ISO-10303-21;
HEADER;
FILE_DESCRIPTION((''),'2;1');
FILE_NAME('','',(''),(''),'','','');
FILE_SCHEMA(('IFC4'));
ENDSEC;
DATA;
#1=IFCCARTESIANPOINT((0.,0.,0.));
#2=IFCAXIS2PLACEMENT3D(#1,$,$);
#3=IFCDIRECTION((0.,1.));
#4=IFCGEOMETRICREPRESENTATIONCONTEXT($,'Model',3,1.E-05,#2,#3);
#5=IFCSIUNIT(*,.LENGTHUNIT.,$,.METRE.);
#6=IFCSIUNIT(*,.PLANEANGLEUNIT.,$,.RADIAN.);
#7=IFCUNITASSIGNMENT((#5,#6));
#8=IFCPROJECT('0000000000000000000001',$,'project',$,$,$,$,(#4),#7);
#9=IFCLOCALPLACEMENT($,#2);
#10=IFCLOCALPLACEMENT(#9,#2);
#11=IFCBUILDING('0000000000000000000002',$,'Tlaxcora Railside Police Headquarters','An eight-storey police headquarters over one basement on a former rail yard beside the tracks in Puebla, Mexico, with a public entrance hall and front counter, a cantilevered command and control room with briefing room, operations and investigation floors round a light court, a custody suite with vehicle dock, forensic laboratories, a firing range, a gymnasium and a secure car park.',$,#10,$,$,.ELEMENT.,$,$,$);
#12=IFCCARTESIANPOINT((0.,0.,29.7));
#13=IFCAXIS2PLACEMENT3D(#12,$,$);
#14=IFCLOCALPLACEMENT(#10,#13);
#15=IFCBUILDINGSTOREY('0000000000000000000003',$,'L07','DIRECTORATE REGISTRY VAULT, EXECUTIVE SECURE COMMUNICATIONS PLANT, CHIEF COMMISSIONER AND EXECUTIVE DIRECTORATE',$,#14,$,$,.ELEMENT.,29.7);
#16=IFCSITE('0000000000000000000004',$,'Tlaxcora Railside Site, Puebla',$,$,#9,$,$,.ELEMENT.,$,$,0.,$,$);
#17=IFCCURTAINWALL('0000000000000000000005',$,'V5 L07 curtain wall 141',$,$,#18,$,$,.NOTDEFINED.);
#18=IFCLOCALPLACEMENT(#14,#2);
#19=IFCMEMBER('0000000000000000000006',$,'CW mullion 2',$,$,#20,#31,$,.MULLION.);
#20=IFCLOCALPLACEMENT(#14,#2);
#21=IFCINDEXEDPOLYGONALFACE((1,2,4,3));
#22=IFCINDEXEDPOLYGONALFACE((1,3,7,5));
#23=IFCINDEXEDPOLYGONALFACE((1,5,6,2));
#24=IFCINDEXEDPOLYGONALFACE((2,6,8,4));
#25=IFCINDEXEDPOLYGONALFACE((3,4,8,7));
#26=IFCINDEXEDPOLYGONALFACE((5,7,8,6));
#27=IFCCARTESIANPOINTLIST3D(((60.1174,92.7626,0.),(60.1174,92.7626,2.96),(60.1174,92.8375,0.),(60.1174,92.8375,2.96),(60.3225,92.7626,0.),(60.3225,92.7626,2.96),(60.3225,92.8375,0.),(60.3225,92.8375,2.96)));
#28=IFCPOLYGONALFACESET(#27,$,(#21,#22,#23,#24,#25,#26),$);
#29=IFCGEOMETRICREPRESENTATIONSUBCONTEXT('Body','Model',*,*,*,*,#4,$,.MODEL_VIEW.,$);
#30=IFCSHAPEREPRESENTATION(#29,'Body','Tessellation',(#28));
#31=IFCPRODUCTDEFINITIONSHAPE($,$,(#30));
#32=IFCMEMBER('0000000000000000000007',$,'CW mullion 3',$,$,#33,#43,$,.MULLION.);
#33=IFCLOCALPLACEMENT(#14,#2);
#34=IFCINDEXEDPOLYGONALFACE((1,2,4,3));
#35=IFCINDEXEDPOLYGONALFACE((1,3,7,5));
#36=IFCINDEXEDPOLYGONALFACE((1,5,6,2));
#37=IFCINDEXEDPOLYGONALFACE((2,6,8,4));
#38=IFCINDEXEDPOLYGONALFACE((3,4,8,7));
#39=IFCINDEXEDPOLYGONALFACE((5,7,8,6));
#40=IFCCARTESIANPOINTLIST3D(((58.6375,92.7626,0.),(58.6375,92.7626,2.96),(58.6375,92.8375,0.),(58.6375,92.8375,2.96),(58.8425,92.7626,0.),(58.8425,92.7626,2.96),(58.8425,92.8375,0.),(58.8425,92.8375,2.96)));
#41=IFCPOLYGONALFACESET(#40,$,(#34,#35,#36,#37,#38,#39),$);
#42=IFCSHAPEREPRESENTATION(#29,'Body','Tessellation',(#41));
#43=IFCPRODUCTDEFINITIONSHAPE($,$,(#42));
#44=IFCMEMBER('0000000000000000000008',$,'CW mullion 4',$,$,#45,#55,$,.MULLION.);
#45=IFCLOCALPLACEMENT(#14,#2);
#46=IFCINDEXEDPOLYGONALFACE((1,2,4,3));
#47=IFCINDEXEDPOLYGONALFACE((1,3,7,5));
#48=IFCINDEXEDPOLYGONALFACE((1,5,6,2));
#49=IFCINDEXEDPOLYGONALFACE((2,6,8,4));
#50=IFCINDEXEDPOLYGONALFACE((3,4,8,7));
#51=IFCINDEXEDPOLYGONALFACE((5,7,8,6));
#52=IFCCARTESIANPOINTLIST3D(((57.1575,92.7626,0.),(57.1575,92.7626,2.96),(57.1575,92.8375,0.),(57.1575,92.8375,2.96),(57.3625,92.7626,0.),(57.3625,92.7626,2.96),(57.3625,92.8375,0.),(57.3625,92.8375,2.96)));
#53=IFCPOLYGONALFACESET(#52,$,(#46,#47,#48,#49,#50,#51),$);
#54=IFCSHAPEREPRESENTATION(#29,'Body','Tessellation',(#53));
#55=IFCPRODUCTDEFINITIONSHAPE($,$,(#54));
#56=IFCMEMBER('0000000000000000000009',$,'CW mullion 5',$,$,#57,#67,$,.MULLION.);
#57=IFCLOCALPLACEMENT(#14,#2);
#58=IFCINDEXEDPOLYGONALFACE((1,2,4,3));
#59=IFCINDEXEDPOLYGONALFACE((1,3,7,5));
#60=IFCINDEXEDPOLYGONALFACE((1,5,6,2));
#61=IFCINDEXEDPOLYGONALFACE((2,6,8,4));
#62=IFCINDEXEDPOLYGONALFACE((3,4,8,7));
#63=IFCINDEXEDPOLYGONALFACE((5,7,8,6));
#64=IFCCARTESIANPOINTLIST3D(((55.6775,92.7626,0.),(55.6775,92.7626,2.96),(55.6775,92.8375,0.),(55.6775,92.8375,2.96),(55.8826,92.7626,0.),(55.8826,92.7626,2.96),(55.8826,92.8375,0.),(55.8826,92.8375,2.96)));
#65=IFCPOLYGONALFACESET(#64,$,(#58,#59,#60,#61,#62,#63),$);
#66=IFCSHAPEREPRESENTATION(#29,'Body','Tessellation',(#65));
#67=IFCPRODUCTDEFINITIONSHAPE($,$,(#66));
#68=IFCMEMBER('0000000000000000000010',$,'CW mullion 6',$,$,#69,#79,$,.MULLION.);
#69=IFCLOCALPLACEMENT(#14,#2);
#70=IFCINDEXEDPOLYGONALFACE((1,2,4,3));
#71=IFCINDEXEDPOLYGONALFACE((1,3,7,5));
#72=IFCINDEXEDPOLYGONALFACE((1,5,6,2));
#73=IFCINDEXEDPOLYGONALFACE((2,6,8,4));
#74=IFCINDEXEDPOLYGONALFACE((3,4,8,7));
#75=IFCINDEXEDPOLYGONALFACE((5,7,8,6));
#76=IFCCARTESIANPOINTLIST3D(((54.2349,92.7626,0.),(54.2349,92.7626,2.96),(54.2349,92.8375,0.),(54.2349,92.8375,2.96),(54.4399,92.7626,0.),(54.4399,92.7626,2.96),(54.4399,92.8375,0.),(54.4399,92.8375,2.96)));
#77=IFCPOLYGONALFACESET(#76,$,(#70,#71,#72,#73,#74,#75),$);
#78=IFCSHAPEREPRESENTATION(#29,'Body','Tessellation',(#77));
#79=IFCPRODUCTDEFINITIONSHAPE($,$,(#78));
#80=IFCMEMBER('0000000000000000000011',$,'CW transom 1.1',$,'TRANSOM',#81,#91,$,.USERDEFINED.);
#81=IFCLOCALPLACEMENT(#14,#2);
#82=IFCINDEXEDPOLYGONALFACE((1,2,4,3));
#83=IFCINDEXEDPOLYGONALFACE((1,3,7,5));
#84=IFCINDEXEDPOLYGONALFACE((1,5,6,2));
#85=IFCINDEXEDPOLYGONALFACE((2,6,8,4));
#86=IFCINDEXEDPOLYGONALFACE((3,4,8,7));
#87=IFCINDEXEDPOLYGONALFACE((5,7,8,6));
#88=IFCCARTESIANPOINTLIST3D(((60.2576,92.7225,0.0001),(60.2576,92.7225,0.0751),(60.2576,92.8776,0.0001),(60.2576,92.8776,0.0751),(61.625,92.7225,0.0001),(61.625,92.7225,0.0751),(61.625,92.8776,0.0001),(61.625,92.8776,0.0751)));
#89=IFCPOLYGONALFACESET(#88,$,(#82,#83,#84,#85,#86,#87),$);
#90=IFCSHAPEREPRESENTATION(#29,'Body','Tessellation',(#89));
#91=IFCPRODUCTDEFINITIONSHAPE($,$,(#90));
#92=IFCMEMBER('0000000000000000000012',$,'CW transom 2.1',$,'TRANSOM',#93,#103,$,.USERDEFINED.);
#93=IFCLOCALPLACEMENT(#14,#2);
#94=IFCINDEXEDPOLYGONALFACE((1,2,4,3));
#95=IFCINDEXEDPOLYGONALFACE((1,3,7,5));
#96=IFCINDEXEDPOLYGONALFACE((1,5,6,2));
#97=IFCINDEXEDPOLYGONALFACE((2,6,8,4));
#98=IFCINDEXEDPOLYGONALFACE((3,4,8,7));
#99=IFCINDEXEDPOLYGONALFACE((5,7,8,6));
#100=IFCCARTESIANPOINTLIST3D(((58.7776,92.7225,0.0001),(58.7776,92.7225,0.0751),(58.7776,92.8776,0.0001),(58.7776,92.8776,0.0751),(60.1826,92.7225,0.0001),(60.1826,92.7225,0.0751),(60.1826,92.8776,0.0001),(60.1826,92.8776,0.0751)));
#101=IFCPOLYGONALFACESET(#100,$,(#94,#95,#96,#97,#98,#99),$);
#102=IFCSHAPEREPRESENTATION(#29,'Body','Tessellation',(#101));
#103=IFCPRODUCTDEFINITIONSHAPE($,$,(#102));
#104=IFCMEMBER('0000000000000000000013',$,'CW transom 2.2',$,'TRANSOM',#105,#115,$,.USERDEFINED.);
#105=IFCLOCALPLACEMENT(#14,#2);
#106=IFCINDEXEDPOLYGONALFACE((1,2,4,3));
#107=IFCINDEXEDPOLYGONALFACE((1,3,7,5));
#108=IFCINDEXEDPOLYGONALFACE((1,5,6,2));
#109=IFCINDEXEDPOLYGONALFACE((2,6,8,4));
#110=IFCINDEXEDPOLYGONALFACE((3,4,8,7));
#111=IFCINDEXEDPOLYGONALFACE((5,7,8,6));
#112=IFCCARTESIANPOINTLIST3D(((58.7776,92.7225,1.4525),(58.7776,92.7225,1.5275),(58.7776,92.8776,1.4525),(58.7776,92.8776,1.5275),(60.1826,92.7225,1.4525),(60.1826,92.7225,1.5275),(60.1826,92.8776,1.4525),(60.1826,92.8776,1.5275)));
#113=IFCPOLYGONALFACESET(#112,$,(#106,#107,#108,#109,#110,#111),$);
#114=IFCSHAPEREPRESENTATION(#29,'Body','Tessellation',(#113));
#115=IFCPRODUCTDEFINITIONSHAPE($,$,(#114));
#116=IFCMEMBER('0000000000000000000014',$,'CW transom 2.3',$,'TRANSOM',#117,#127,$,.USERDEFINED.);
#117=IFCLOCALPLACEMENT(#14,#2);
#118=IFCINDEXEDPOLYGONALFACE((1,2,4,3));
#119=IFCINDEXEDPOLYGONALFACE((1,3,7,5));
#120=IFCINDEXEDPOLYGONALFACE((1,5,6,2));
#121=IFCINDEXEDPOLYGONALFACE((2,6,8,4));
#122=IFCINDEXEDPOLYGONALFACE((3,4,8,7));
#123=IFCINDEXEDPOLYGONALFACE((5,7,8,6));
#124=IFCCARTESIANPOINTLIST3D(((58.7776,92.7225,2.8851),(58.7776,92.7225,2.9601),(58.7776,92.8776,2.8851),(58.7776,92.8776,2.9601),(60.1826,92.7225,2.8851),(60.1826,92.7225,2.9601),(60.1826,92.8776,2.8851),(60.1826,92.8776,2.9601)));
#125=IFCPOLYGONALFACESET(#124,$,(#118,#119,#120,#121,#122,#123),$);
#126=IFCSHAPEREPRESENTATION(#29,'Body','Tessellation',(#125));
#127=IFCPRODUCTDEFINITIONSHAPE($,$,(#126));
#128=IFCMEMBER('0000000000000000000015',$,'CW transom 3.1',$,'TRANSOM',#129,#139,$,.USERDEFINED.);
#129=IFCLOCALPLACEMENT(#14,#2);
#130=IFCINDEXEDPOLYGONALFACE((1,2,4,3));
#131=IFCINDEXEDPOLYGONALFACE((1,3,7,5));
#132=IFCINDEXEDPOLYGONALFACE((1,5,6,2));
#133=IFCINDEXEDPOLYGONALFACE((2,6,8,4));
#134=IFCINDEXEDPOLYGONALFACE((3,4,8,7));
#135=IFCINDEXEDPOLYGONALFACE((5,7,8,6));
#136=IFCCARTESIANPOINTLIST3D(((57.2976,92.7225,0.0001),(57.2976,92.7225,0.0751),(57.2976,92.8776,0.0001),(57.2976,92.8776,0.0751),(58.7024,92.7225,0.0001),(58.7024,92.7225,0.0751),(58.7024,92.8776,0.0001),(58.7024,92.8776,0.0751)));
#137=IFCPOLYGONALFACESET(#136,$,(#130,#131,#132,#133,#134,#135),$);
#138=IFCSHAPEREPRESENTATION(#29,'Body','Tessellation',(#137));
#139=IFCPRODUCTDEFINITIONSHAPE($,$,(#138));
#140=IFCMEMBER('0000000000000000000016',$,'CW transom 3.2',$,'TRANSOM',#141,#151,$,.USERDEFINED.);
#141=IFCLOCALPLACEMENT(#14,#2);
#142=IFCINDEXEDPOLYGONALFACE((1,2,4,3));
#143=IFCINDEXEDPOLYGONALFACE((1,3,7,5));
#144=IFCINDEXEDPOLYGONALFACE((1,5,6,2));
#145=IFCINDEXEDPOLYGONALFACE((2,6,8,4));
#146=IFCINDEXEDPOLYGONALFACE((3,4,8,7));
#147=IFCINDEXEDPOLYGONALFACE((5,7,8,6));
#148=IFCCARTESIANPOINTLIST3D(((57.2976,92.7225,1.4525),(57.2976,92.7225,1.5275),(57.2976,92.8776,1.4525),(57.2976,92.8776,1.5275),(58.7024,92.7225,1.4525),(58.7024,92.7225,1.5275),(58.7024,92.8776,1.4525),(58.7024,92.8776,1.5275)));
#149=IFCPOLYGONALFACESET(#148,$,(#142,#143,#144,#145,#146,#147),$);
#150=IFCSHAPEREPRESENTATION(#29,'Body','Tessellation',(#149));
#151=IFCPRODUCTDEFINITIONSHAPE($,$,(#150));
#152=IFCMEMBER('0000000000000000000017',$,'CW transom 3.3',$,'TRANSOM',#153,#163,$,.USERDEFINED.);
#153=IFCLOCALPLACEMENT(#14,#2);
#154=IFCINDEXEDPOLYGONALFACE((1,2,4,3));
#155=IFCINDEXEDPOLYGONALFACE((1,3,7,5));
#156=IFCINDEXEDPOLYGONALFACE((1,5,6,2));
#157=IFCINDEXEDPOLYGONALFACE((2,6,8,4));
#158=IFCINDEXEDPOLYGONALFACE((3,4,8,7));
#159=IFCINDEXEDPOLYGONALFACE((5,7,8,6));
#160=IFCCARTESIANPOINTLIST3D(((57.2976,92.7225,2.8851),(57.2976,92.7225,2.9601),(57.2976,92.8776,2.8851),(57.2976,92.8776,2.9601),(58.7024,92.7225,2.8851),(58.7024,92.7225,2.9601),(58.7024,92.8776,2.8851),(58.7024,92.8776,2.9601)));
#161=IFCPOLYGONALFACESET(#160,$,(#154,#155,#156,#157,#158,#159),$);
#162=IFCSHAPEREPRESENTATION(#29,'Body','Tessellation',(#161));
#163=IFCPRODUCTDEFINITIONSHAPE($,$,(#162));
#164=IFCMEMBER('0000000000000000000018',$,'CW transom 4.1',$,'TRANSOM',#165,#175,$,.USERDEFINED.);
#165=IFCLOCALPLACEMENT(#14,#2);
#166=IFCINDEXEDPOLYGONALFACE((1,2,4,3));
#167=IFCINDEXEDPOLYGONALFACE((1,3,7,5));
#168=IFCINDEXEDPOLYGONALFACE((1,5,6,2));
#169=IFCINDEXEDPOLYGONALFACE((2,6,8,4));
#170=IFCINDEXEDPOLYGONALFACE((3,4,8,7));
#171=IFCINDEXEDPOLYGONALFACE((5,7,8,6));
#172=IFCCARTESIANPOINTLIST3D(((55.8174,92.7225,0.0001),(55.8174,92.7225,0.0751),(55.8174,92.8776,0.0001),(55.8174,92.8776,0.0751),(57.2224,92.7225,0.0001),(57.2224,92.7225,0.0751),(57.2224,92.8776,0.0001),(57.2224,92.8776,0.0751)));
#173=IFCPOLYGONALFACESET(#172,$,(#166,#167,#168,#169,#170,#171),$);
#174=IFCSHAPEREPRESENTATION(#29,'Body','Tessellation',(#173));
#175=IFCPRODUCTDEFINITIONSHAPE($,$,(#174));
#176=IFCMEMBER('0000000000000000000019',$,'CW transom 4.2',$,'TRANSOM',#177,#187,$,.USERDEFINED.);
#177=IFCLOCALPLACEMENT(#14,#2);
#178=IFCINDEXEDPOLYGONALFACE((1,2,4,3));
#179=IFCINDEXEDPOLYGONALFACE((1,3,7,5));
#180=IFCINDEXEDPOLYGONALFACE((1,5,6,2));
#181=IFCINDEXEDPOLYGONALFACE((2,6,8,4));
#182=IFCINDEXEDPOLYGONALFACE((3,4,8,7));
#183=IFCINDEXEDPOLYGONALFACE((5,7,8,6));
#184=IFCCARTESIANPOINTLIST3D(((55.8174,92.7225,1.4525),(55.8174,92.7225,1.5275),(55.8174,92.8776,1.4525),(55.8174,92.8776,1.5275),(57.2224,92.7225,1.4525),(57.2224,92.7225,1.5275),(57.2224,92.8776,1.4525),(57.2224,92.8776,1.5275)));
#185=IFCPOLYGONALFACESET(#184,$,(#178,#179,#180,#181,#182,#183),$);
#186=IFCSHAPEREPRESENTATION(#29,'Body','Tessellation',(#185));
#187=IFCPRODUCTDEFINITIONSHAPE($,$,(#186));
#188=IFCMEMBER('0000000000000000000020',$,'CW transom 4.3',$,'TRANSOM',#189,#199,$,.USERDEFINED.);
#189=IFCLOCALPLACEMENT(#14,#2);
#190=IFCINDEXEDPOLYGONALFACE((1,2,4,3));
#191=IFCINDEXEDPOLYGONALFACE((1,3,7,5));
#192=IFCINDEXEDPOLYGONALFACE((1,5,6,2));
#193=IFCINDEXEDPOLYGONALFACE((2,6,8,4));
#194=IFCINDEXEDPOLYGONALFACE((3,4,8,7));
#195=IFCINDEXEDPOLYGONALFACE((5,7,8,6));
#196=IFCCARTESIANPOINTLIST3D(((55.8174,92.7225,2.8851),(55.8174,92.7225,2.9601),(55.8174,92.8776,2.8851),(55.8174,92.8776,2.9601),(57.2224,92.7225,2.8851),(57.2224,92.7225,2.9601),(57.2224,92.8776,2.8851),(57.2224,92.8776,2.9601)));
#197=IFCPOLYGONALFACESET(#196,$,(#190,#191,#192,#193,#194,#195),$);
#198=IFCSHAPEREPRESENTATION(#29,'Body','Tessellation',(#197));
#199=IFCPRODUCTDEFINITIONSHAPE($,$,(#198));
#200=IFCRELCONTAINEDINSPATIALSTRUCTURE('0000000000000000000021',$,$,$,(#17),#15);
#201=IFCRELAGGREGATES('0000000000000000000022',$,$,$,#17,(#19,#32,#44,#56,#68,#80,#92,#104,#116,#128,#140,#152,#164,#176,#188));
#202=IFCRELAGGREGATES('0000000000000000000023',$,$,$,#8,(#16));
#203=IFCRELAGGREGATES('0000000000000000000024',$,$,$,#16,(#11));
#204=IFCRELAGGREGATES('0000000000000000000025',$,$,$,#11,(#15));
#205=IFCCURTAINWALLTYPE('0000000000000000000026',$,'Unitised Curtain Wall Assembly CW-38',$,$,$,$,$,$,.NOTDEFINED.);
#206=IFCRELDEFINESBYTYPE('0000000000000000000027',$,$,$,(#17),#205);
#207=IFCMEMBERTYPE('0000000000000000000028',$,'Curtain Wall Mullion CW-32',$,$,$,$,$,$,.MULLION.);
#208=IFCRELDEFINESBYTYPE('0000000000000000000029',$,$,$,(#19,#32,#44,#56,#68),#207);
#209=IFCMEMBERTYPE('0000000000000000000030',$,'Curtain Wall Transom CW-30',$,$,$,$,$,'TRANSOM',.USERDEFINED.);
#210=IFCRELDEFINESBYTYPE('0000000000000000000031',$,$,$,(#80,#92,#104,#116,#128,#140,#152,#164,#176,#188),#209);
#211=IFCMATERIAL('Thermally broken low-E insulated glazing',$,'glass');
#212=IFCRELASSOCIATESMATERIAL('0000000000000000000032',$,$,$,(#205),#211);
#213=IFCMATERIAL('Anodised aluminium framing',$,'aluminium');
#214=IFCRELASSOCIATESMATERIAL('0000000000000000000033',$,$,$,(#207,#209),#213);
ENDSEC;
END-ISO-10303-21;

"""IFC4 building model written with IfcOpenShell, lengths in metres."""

from ifc_helpers import new_model, si_unit, direction, frame, origin, origin_2d, place, context, subcontext, project, spatial, rectangle, extrude, material, material_profile, profile_set, type_object, element, aggregate, save


model = new_model("IFC4")

# Units and contexts
model_context = context("Model", 3, precision=1e-05, world=origin(), true_north=direction((0.0, 1.0)))
body_context = subcontext(model_context, "Body", "Model", "MODEL_VIEW")
ifc_project = project(units=[si_unit("LENGTHUNIT", "METRE"), si_unit("PLANEANGLEUNIT", "RADIAN")], contexts=[model_context])

# Site, building, storey
site_placement = place(None, origin())
site = spatial("IfcSite", under=ifc_project, at=site_placement, Name="Tlaxcora Railside Site, Puebla", CompositionType="ELEMENT", RefElevation=0.0)
building_placement = place(site_placement, origin())
building = spatial("IfcBuilding", under=site, at=building_placement, Name="Tlaxcora Railside Police Headquarters", Description="An eight-storey police headquarters over one basement on a former rail yard beside the tracks in Puebla, Mexico, with a public entrance hall and front counter, a cantilevered command and control room with briefing room, operations and investigation floors round a light court, a custody suite with vehicle dock, forensic laboratories, a firing range, a gymnasium and a secure car park.", CompositionType="ELEMENT")
storey_placement = place(building_placement, frame((0.0, 0.0, 29.7)))
storey = spatial("IfcBuildingStorey", under=building, at=storey_placement, Name="L07", Description="DIRECTORATE REGISTRY VAULT, EXECUTIVE SECURE COMMUNICATIONS PLANT, CHIEF COMMISSIONER AND EXECUTIVE DIRECTORATE", CompositionType="ELEMENT", Elevation=29.7)

# Curtain wall, members
ifc_material_1 = material(Name="Thermally broken low-E insulated glazing", Category="glass")
curtain_wall_type = type_object("IfcCurtainWallType", Name="Unitised Curtain Wall Assembly CW-38", PredefinedType="NOTDEFINED", material=ifc_material_1)
curtain_wall_placement = place(storey_placement, origin())
curtain_wall = element("IfcCurtainWall", 1, at=curtain_wall_placement, inside=storey, type_object=curtain_wall_type, Name="V5 L07 curtain wall 141", PredefinedType="NOTDEFINED")
ifc_material_2 = material(Name="Anodised aluminium framing", Category="aluminium")
ifc_material_profile_1 = material_profile(ifc_material_2, rectangle(XDim=0.075, YDim=0.2051, at=origin_2d()), Name="AL75X205")
ifc_profile_set_1 = profile_set([ifc_material_profile_1], Name="Anodised aluminium framing")
member_type_1 = type_object("IfcMemberType", Name="Curtain Wall Mullion CW-32", PredefinedType="MULLION", material=ifc_profile_set_1)
member_1_placement = place(storey_placement, frame((60.22, 92.8, 0.0), z_axis=(0.0, 0.0, 1.0), x_axis=(0.0, -1.0, 0.0)))
member_1 = element("IfcMember", 2, at=member_1_placement, type_object=member_type_1, Name="CW mullion 2", PredefinedType="MULLION", context=body_context, shape_type="SweptSolid", body=[
    extrude(rectangle(XDim=0.075, YDim=0.2051, at=origin_2d()), origin(), (0.0, 0.0, 1.0), 2.96),
])
member_2_placement = place(storey_placement, frame((58.74, 92.8, 0.0), z_axis=(0.0, 0.0, 1.0), x_axis=(0.0, -1.0, 0.0)))
member_2 = element("IfcMember", 3, at=member_2_placement, type_object=member_type_1, Name="CW mullion 3", PredefinedType="MULLION", context=body_context, shape_type="SweptSolid", body=[
    extrude(rectangle(XDim=0.075, YDim=0.2051, at=origin_2d()), origin(), (0.0, 0.0, 1.0), 2.96),
])
member_3_placement = place(storey_placement, frame((57.26, 92.8, 0.0), z_axis=(0.0, 0.0, 1.0), x_axis=(0.0, -1.0, 0.0)))
member_3 = element("IfcMember", 4, at=member_3_placement, type_object=member_type_1, Name="CW mullion 4", PredefinedType="MULLION", context=body_context, shape_type="SweptSolid", body=[
    extrude(rectangle(XDim=0.075, YDim=0.2051, at=origin_2d()), origin(), (0.0, 0.0, 1.0), 2.96),
])
member_4_placement = place(storey_placement, frame((55.78, 92.8, 0.0), z_axis=(0.0, 0.0, 1.0), x_axis=(0.0, -1.0, 0.0)))
member_4 = element("IfcMember", 5, at=member_4_placement, type_object=member_type_1, Name="CW mullion 5", PredefinedType="MULLION", context=body_context, shape_type="SweptSolid", body=[
    extrude(rectangle(XDim=0.075, YDim=0.2051, at=origin_2d()), origin(), (0.0, 0.0, 1.0), 2.96),
])
member_5_placement = place(storey_placement, frame((54.3374, 92.8, 0.0), z_axis=(0.0, 0.0, 1.0), x_axis=(0.0, -1.0, 0.0)))
member_5 = element("IfcMember", 6, at=member_5_placement, type_object=member_type_1, Name="CW mullion 6", PredefinedType="MULLION", context=body_context, shape_type="SweptSolid", body=[
    extrude(rectangle(XDim=0.075, YDim=0.2051, at=origin_2d()), origin(), (0.0, 0.0, 1.0), 2.96),
])
ifc_material_profile_2 = material_profile(ifc_material_2, rectangle(XDim=0.155, YDim=0.075, at=origin_2d()), Name="AL75X155")
ifc_profile_set_2 = profile_set([ifc_material_profile_2], Name="Anodised aluminium framing")
member_type_2 = type_object("IfcMemberType", Name="Curtain Wall Transom CW-30", ElementType="TRANSOM", PredefinedType="USERDEFINED", material=ifc_profile_set_2)
member_6_placement = place(storey_placement, frame((61.625, 92.8, 0.0376), z_axis=(-1.0, 0.0, 0.0), x_axis=(0.0, -1.0, 0.0)))
member_6 = element("IfcMember", 7, at=member_6_placement, type_object=member_type_2, Name="CW transom 1.1", ObjectType="TRANSOM", PredefinedType="USERDEFINED", context=body_context, shape_type="SweptSolid", body=[
    extrude(rectangle(XDim=0.155, YDim=0.075, at=origin_2d()), origin(), (0.0, 0.0, 1.0), 1.3674),
])
member_7_placement = place(storey_placement, frame((60.1826, 92.8, 0.0376), z_axis=(-1.0, 0.0, 0.0), x_axis=(0.0, -1.0, 0.0)))
member_7 = element("IfcMember", 8, at=member_7_placement, type_object=member_type_2, Name="CW transom 2.1", ObjectType="TRANSOM", PredefinedType="USERDEFINED", context=body_context, shape_type="SweptSolid", body=[
    extrude(rectangle(XDim=0.155, YDim=0.075, at=origin_2d()), origin(), (0.0, 0.0, 1.0), 1.405),
])
member_8_placement = place(storey_placement, frame((60.1826, 92.8, 1.49), z_axis=(-1.0, 0.0, 0.0), x_axis=(0.0, -1.0, 0.0)))
member_8 = element("IfcMember", 9, at=member_8_placement, type_object=member_type_2, Name="CW transom 2.2", ObjectType="TRANSOM", PredefinedType="USERDEFINED", context=body_context, shape_type="SweptSolid", body=[
    extrude(rectangle(XDim=0.155, YDim=0.075, at=origin_2d()), origin(), (0.0, 0.0, 1.0), 1.405),
])
member_9_placement = place(storey_placement, frame((60.1826, 92.8, 2.9226), z_axis=(-1.0, 0.0, 0.0), x_axis=(0.0, -1.0, 0.0)))
member_9 = element("IfcMember", 10, at=member_9_placement, type_object=member_type_2, Name="CW transom 2.3", ObjectType="TRANSOM", PredefinedType="USERDEFINED", context=body_context, shape_type="SweptSolid", body=[
    extrude(rectangle(XDim=0.155, YDim=0.075, at=origin_2d()), origin(), (0.0, 0.0, 1.0), 1.405),
])
member_10_placement = place(storey_placement, frame((58.7024, 92.8, 0.0376), z_axis=(-1.0, 0.0, 0.0), x_axis=(0.0, -1.0, 0.0)))
member_10 = element("IfcMember", 11, at=member_10_placement, type_object=member_type_2, Name="CW transom 3.1", ObjectType="TRANSOM", PredefinedType="USERDEFINED", context=body_context, shape_type="SweptSolid", body=[
    extrude(rectangle(XDim=0.155, YDim=0.075, at=origin_2d()), origin(), (0.0, 0.0, 1.0), 1.4048),
])
member_11_placement = place(storey_placement, frame((58.7024, 92.8, 1.49), z_axis=(-1.0, 0.0, 0.0), x_axis=(0.0, -1.0, 0.0)))
member_11 = element("IfcMember", 12, at=member_11_placement, type_object=member_type_2, Name="CW transom 3.2", ObjectType="TRANSOM", PredefinedType="USERDEFINED", context=body_context, shape_type="SweptSolid", body=[
    extrude(rectangle(XDim=0.155, YDim=0.075, at=origin_2d()), origin(), (0.0, 0.0, 1.0), 1.4048),
])
member_12_placement = place(storey_placement, frame((58.7024, 92.8, 2.9226), z_axis=(-1.0, 0.0, 0.0), x_axis=(0.0, -1.0, 0.0)))
member_12 = element("IfcMember", 13, at=member_12_placement, type_object=member_type_2, Name="CW transom 3.3", ObjectType="TRANSOM", PredefinedType="USERDEFINED", context=body_context, shape_type="SweptSolid", body=[
    extrude(rectangle(XDim=0.155, YDim=0.075, at=origin_2d()), origin(), (0.0, 0.0, 1.0), 1.4048),
])
member_13_placement = place(storey_placement, frame((57.2224, 92.8, 0.0376), z_axis=(-1.0, 0.0, 0.0), x_axis=(0.0, -1.0, 0.0)))
member_13 = element("IfcMember", 14, at=member_13_placement, type_object=member_type_2, Name="CW transom 4.1", ObjectType="TRANSOM", PredefinedType="USERDEFINED", context=body_context, shape_type="SweptSolid", body=[
    extrude(rectangle(XDim=0.155, YDim=0.075, at=origin_2d()), origin(), (0.0, 0.0, 1.0), 1.405),
])
member_14_placement = place(storey_placement, frame((57.2224, 92.8, 1.49), z_axis=(-1.0, 0.0, 0.0), x_axis=(0.0, -1.0, 0.0)))
member_14 = element("IfcMember", 15, at=member_14_placement, type_object=member_type_2, Name="CW transom 4.2", ObjectType="TRANSOM", PredefinedType="USERDEFINED", context=body_context, shape_type="SweptSolid", body=[
    extrude(rectangle(XDim=0.155, YDim=0.075, at=origin_2d()), origin(), (0.0, 0.0, 1.0), 1.405),
])
member_15_placement = place(storey_placement, frame((57.2224, 92.8, 2.9226), z_axis=(-1.0, 0.0, 0.0), x_axis=(0.0, -1.0, 0.0)))
member_15 = element("IfcMember", 16, at=member_15_placement, type_object=member_type_2, Name="CW transom 4.3", ObjectType="TRANSOM", PredefinedType="USERDEFINED", context=body_context, shape_type="SweptSolid", body=[
    extrude(rectangle(XDim=0.155, YDim=0.075, at=origin_2d()), origin(), (0.0, 0.0, 1.0), 1.405),
])

aggregate(curtain_wall, [member_1, member_2, member_3, member_4, member_5, member_6, member_7, member_8, member_9, member_10, member_11, member_12, member_13, member_14, member_15])

save(model, "model.ifc")
